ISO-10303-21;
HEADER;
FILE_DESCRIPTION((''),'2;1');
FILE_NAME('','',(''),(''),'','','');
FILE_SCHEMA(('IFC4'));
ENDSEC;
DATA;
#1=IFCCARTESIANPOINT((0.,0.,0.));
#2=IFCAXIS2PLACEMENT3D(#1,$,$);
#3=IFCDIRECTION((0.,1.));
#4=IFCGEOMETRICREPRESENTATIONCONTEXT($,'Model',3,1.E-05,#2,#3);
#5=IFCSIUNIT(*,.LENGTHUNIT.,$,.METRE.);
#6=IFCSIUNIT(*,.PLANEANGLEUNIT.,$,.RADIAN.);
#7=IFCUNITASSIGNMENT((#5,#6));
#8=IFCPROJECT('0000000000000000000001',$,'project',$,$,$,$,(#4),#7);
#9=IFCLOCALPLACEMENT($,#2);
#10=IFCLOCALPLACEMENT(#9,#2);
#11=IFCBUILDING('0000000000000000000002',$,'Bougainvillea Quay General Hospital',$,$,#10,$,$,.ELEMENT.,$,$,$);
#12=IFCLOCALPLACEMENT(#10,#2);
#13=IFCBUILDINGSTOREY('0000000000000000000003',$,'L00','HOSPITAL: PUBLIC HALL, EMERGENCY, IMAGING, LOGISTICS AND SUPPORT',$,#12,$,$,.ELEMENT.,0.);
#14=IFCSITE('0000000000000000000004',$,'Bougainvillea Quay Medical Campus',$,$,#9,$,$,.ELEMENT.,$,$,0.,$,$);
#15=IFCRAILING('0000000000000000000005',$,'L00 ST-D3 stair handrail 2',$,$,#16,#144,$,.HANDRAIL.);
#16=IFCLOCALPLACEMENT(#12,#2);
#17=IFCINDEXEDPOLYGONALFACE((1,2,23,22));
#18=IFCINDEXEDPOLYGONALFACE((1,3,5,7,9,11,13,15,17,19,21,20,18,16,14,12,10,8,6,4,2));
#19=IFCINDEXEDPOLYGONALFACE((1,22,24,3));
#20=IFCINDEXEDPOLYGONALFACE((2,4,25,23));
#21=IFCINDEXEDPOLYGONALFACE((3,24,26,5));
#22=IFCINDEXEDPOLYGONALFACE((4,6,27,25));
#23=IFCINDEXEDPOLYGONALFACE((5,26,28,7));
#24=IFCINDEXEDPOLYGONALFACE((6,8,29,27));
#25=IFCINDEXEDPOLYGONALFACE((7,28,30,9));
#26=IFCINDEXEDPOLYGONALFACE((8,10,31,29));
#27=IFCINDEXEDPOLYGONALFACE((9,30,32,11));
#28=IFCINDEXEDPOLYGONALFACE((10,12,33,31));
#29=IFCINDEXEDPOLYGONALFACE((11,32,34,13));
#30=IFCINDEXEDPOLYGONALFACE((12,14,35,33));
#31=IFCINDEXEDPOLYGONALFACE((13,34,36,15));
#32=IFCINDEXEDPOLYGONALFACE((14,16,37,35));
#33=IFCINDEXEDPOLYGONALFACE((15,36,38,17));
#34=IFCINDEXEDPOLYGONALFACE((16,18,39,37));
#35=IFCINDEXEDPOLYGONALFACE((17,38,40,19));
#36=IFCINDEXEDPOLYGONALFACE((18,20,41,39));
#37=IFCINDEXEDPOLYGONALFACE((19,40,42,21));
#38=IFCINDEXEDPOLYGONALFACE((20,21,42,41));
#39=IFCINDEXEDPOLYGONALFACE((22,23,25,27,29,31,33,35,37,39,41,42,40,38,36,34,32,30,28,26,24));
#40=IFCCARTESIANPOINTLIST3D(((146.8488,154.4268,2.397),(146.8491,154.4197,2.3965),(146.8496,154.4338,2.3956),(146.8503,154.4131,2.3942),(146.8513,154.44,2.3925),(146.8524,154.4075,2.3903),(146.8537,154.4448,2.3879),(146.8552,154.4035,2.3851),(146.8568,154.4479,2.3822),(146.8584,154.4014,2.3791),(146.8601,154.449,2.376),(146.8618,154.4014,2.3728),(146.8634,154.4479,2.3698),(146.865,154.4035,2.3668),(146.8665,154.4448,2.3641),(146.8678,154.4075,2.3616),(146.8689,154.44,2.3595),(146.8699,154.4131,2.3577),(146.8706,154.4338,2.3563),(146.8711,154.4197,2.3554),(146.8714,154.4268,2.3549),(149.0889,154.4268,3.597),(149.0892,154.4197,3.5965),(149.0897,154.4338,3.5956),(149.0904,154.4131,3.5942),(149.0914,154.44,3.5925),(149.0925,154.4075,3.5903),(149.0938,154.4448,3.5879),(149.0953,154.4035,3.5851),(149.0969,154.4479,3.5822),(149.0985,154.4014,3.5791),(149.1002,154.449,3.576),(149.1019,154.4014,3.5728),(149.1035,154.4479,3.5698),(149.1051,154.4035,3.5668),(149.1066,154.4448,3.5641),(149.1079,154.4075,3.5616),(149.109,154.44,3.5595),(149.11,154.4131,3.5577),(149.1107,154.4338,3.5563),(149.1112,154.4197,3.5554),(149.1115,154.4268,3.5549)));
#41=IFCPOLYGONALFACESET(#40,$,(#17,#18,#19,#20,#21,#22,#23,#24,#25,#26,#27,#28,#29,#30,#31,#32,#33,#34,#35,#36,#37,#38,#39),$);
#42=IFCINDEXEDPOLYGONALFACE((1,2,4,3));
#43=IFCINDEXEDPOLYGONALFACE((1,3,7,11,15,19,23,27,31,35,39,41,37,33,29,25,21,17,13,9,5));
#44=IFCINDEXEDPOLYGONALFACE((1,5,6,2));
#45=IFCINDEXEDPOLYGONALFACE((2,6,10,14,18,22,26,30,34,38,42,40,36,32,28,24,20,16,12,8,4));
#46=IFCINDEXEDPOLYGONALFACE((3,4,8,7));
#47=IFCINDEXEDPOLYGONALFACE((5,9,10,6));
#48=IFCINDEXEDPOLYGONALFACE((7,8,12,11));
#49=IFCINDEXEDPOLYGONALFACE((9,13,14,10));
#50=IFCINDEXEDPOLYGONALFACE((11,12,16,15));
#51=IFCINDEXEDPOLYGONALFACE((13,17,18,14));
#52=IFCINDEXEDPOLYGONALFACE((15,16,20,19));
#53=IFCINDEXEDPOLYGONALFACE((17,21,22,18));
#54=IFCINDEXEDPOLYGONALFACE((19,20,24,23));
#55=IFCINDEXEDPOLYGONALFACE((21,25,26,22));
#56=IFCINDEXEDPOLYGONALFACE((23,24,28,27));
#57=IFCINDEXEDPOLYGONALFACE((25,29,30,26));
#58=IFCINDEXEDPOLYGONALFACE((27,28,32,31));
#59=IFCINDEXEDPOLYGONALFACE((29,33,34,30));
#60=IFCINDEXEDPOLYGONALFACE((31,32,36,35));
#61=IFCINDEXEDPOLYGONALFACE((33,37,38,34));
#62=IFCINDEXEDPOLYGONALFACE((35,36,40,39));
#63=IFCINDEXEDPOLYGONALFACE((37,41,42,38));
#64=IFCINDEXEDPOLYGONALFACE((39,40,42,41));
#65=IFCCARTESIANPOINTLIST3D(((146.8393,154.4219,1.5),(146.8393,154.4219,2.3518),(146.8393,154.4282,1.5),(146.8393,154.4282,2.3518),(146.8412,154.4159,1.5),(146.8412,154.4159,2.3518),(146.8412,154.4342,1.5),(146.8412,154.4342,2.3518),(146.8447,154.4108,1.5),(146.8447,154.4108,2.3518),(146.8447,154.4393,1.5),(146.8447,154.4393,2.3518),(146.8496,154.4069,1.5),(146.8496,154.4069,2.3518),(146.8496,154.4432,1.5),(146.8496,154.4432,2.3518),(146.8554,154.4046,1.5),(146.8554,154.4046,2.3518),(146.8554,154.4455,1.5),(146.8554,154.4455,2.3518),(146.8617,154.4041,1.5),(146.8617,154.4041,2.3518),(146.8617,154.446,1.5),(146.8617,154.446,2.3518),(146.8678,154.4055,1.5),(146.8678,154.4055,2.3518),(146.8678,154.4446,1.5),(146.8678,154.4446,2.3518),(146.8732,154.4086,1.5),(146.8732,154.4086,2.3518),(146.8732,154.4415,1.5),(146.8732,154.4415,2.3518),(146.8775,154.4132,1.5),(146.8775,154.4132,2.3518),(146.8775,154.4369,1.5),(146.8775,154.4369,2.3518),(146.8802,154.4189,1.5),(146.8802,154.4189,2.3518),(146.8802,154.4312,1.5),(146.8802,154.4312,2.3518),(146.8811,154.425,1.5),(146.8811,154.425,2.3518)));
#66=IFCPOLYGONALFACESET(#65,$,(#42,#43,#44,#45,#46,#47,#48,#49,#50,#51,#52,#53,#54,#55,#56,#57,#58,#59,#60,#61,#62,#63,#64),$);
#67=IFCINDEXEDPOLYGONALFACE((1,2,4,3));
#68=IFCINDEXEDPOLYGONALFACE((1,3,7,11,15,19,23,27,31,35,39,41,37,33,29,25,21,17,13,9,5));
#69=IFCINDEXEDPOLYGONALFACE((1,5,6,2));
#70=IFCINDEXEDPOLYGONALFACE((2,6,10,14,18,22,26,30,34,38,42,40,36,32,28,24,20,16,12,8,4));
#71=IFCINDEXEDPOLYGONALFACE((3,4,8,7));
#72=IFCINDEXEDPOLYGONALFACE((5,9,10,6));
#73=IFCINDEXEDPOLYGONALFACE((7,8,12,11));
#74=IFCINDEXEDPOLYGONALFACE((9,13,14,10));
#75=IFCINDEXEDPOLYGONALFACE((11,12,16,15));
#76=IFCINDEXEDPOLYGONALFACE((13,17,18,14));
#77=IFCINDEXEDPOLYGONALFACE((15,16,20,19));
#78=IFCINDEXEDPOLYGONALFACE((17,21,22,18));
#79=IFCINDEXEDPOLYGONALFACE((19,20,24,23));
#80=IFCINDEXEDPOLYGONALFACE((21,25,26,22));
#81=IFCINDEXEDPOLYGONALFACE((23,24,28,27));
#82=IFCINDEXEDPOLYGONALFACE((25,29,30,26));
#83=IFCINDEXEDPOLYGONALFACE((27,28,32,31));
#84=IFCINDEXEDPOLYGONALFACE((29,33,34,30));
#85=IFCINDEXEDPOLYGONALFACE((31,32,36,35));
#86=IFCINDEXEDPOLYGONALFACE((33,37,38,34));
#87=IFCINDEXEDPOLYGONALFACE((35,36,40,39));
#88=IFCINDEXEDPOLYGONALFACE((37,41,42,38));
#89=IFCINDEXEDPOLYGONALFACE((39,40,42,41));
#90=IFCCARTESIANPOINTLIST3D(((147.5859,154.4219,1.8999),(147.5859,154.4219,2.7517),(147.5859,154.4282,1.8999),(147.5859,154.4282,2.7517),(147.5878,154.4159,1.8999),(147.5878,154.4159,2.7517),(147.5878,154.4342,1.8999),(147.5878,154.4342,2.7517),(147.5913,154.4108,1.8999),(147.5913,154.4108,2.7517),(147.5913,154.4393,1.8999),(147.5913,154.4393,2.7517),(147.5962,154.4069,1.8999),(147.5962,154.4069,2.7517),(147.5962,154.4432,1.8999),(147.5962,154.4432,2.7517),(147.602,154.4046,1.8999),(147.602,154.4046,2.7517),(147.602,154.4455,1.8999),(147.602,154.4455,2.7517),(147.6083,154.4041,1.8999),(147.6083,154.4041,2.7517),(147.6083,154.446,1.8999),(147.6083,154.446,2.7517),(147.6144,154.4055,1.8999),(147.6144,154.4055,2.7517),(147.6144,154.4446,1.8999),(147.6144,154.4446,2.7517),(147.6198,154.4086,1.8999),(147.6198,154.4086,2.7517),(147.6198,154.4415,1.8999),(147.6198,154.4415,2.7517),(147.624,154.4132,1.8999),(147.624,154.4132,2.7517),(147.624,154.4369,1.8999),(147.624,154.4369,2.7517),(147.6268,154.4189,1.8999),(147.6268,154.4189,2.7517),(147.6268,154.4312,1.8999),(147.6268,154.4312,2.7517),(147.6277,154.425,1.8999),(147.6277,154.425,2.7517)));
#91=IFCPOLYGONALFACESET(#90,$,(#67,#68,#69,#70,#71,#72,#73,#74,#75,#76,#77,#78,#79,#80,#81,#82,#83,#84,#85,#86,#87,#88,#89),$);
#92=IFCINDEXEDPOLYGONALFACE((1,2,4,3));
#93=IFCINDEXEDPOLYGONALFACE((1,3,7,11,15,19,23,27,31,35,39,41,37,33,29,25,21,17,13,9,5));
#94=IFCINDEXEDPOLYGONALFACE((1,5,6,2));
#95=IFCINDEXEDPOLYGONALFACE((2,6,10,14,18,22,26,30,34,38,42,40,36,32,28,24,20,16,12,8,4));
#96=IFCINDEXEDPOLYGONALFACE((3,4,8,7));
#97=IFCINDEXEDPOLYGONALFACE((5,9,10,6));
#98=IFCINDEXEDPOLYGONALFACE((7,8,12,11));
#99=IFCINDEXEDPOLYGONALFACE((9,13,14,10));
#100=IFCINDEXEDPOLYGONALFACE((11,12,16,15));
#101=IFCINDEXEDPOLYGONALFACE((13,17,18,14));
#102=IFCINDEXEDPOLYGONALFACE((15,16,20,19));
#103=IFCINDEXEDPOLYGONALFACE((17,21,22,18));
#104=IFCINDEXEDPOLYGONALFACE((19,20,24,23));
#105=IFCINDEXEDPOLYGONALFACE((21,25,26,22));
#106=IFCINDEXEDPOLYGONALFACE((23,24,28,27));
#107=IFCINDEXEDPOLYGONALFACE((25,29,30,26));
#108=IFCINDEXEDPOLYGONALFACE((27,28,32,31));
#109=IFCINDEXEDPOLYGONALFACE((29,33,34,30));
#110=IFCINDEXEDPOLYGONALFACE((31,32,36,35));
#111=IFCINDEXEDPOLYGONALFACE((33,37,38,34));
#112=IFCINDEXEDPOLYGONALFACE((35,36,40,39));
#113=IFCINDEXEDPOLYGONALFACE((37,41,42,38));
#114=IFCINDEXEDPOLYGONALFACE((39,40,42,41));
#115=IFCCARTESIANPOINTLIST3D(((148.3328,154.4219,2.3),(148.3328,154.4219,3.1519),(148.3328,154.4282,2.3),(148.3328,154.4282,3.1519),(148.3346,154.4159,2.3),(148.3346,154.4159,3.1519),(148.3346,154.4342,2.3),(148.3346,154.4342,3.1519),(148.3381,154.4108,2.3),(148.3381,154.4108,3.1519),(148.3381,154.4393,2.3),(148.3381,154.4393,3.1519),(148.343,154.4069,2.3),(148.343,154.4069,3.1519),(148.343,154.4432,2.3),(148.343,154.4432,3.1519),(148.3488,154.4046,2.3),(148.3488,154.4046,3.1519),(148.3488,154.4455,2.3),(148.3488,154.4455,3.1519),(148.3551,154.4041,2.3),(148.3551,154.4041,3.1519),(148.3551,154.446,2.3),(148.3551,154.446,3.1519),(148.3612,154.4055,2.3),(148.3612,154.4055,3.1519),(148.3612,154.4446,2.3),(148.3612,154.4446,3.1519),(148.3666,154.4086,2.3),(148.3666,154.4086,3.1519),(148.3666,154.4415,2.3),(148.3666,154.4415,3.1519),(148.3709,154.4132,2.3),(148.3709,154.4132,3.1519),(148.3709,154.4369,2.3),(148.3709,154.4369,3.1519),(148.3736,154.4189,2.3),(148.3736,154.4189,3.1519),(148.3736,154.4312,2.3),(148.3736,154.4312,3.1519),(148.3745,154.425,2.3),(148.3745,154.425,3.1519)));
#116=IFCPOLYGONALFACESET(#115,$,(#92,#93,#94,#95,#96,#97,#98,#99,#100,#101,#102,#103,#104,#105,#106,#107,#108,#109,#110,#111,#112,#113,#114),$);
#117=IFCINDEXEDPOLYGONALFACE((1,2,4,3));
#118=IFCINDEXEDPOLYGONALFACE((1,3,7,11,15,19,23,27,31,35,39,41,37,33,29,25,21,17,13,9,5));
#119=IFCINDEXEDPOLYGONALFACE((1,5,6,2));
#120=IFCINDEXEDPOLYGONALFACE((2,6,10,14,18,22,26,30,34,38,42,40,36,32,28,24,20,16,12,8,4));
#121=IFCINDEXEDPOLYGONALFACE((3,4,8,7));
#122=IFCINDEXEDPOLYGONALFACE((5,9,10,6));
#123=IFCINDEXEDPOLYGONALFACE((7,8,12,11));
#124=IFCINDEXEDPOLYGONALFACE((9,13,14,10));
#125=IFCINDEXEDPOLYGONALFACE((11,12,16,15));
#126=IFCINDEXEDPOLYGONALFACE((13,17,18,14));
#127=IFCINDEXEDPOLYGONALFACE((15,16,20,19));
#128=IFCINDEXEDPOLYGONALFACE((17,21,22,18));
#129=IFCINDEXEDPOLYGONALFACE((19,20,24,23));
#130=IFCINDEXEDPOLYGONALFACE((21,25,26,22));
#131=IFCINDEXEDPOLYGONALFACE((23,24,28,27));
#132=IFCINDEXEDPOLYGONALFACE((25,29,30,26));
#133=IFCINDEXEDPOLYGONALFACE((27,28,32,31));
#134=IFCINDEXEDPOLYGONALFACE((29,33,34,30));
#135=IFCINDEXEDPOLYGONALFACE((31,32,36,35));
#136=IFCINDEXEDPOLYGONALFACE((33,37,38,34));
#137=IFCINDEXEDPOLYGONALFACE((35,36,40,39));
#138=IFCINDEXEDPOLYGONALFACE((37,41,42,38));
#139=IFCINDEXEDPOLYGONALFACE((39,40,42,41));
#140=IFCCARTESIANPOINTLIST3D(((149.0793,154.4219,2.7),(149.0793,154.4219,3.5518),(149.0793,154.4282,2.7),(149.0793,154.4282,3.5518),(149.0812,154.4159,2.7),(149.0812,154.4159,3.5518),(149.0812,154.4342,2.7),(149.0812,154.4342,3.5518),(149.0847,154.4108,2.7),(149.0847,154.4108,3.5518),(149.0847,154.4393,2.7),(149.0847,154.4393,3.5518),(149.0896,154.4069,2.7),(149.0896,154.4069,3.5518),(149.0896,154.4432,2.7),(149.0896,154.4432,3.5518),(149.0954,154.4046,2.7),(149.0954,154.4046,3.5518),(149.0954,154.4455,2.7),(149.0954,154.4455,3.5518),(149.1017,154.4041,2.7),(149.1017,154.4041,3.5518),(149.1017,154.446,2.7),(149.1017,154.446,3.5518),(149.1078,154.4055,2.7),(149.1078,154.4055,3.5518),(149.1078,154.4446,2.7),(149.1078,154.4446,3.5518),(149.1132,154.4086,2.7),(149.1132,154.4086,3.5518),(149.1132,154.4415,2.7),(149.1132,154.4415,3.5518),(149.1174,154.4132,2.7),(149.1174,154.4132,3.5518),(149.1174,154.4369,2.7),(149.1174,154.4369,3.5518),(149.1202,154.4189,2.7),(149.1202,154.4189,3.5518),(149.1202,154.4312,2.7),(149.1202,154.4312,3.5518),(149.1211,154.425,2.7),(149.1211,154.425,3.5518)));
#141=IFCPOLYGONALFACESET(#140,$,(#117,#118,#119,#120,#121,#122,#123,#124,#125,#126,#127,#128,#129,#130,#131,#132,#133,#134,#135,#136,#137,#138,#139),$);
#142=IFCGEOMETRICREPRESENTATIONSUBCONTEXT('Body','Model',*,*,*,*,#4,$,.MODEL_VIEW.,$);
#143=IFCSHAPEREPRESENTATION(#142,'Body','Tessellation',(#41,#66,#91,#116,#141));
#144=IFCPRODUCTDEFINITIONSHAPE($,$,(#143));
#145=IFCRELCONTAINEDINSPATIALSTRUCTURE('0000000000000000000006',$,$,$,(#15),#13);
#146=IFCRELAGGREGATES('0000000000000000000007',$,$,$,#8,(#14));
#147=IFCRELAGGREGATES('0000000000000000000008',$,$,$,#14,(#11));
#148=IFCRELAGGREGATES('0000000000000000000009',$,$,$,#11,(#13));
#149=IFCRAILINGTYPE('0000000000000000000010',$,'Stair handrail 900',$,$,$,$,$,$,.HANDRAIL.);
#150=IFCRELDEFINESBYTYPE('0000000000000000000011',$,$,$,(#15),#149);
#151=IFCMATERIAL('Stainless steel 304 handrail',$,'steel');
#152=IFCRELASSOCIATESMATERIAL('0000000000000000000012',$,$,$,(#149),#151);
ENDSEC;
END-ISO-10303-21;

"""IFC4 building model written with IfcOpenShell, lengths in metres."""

from ifc_helpers import new_model, si_unit, direction, frame, origin, origin_2d, place, context, subcontext, project, spatial, circle, extrude, material, type_object, element, save


model = new_model("IFC4")

# Units and contexts
model_context = context("Model", 3, precision=1e-05, world=origin(), true_north=direction((0.0, 1.0)))
body_context = subcontext(model_context, "Body", "Model", "MODEL_VIEW")
ifc_project = project(units=[si_unit("LENGTHUNIT", "METRE"), si_unit("PLANEANGLEUNIT", "RADIAN")], contexts=[model_context])

# Site, building, storey
site_placement = place(None, origin())
site = spatial("IfcSite", under=ifc_project, at=site_placement, Name="Bougainvillea Quay Medical Campus", CompositionType="ELEMENT", RefElevation=0.0)
building_placement = place(site_placement, origin())
building = spatial("IfcBuilding", under=site, at=building_placement, Name="Bougainvillea Quay General Hospital", CompositionType="ELEMENT")
storey_placement = place(building_placement, origin())
storey = spatial("IfcBuildingStorey", under=building, at=storey_placement, Name="L00", Description="HOSPITAL: PUBLIC HALL, EMERGENCY, IMAGING, LOGISTICS AND SUPPORT", CompositionType="ELEMENT", Elevation=0.0)

# Railing
ifc_material_1 = material(Name="Stainless steel 304 handrail", Category="steel")
railing_type_1 = type_object("IfcRailingType", Name="Stair handrail 900", PredefinedType="HANDRAIL", material=ifc_material_1)
railing_1_placement = place(storey_placement, frame((146.8601, 154.425, 1.5)))
element("IfcRailing", 1, at=railing_1_placement, inside=storey, type_object=railing_type_1, Name="L00 ST-D3 stair handrail 2", PredefinedType="HANDRAIL", context=body_context, shape_type="SweptSolid", body=[
    extrude(circle(Radius=0.0239, at=origin_2d()), frame((0.0, 0.0, 0.876), z_axis=(0.881487, 0.0, 0.472208), x_axis=(0.0, 1.0, 0.0)), (0.0, 0.0, 1.0), 2.5413),
    extrude(circle(Radius=0.021, at=origin_2d()), origin(), (0.0, 0.0, 1.0), 0.8518),
    extrude(circle(Radius=0.021, at=origin_2d()), frame((0.7466, 0.0, 0.3999)), (0.0, 0.0, 1.0), 0.8518),
    extrude(circle(Radius=0.021, at=origin_2d()), frame((1.4934, 0.0, 0.8)), (0.0, 0.0, 1.0), 0.8518),
    extrude(circle(Radius=0.021, at=origin_2d()), frame((2.24, 0.0, 1.2)), (0.0, 0.0, 1.0), 0.8518),
])

save(model, "model.ifc")
